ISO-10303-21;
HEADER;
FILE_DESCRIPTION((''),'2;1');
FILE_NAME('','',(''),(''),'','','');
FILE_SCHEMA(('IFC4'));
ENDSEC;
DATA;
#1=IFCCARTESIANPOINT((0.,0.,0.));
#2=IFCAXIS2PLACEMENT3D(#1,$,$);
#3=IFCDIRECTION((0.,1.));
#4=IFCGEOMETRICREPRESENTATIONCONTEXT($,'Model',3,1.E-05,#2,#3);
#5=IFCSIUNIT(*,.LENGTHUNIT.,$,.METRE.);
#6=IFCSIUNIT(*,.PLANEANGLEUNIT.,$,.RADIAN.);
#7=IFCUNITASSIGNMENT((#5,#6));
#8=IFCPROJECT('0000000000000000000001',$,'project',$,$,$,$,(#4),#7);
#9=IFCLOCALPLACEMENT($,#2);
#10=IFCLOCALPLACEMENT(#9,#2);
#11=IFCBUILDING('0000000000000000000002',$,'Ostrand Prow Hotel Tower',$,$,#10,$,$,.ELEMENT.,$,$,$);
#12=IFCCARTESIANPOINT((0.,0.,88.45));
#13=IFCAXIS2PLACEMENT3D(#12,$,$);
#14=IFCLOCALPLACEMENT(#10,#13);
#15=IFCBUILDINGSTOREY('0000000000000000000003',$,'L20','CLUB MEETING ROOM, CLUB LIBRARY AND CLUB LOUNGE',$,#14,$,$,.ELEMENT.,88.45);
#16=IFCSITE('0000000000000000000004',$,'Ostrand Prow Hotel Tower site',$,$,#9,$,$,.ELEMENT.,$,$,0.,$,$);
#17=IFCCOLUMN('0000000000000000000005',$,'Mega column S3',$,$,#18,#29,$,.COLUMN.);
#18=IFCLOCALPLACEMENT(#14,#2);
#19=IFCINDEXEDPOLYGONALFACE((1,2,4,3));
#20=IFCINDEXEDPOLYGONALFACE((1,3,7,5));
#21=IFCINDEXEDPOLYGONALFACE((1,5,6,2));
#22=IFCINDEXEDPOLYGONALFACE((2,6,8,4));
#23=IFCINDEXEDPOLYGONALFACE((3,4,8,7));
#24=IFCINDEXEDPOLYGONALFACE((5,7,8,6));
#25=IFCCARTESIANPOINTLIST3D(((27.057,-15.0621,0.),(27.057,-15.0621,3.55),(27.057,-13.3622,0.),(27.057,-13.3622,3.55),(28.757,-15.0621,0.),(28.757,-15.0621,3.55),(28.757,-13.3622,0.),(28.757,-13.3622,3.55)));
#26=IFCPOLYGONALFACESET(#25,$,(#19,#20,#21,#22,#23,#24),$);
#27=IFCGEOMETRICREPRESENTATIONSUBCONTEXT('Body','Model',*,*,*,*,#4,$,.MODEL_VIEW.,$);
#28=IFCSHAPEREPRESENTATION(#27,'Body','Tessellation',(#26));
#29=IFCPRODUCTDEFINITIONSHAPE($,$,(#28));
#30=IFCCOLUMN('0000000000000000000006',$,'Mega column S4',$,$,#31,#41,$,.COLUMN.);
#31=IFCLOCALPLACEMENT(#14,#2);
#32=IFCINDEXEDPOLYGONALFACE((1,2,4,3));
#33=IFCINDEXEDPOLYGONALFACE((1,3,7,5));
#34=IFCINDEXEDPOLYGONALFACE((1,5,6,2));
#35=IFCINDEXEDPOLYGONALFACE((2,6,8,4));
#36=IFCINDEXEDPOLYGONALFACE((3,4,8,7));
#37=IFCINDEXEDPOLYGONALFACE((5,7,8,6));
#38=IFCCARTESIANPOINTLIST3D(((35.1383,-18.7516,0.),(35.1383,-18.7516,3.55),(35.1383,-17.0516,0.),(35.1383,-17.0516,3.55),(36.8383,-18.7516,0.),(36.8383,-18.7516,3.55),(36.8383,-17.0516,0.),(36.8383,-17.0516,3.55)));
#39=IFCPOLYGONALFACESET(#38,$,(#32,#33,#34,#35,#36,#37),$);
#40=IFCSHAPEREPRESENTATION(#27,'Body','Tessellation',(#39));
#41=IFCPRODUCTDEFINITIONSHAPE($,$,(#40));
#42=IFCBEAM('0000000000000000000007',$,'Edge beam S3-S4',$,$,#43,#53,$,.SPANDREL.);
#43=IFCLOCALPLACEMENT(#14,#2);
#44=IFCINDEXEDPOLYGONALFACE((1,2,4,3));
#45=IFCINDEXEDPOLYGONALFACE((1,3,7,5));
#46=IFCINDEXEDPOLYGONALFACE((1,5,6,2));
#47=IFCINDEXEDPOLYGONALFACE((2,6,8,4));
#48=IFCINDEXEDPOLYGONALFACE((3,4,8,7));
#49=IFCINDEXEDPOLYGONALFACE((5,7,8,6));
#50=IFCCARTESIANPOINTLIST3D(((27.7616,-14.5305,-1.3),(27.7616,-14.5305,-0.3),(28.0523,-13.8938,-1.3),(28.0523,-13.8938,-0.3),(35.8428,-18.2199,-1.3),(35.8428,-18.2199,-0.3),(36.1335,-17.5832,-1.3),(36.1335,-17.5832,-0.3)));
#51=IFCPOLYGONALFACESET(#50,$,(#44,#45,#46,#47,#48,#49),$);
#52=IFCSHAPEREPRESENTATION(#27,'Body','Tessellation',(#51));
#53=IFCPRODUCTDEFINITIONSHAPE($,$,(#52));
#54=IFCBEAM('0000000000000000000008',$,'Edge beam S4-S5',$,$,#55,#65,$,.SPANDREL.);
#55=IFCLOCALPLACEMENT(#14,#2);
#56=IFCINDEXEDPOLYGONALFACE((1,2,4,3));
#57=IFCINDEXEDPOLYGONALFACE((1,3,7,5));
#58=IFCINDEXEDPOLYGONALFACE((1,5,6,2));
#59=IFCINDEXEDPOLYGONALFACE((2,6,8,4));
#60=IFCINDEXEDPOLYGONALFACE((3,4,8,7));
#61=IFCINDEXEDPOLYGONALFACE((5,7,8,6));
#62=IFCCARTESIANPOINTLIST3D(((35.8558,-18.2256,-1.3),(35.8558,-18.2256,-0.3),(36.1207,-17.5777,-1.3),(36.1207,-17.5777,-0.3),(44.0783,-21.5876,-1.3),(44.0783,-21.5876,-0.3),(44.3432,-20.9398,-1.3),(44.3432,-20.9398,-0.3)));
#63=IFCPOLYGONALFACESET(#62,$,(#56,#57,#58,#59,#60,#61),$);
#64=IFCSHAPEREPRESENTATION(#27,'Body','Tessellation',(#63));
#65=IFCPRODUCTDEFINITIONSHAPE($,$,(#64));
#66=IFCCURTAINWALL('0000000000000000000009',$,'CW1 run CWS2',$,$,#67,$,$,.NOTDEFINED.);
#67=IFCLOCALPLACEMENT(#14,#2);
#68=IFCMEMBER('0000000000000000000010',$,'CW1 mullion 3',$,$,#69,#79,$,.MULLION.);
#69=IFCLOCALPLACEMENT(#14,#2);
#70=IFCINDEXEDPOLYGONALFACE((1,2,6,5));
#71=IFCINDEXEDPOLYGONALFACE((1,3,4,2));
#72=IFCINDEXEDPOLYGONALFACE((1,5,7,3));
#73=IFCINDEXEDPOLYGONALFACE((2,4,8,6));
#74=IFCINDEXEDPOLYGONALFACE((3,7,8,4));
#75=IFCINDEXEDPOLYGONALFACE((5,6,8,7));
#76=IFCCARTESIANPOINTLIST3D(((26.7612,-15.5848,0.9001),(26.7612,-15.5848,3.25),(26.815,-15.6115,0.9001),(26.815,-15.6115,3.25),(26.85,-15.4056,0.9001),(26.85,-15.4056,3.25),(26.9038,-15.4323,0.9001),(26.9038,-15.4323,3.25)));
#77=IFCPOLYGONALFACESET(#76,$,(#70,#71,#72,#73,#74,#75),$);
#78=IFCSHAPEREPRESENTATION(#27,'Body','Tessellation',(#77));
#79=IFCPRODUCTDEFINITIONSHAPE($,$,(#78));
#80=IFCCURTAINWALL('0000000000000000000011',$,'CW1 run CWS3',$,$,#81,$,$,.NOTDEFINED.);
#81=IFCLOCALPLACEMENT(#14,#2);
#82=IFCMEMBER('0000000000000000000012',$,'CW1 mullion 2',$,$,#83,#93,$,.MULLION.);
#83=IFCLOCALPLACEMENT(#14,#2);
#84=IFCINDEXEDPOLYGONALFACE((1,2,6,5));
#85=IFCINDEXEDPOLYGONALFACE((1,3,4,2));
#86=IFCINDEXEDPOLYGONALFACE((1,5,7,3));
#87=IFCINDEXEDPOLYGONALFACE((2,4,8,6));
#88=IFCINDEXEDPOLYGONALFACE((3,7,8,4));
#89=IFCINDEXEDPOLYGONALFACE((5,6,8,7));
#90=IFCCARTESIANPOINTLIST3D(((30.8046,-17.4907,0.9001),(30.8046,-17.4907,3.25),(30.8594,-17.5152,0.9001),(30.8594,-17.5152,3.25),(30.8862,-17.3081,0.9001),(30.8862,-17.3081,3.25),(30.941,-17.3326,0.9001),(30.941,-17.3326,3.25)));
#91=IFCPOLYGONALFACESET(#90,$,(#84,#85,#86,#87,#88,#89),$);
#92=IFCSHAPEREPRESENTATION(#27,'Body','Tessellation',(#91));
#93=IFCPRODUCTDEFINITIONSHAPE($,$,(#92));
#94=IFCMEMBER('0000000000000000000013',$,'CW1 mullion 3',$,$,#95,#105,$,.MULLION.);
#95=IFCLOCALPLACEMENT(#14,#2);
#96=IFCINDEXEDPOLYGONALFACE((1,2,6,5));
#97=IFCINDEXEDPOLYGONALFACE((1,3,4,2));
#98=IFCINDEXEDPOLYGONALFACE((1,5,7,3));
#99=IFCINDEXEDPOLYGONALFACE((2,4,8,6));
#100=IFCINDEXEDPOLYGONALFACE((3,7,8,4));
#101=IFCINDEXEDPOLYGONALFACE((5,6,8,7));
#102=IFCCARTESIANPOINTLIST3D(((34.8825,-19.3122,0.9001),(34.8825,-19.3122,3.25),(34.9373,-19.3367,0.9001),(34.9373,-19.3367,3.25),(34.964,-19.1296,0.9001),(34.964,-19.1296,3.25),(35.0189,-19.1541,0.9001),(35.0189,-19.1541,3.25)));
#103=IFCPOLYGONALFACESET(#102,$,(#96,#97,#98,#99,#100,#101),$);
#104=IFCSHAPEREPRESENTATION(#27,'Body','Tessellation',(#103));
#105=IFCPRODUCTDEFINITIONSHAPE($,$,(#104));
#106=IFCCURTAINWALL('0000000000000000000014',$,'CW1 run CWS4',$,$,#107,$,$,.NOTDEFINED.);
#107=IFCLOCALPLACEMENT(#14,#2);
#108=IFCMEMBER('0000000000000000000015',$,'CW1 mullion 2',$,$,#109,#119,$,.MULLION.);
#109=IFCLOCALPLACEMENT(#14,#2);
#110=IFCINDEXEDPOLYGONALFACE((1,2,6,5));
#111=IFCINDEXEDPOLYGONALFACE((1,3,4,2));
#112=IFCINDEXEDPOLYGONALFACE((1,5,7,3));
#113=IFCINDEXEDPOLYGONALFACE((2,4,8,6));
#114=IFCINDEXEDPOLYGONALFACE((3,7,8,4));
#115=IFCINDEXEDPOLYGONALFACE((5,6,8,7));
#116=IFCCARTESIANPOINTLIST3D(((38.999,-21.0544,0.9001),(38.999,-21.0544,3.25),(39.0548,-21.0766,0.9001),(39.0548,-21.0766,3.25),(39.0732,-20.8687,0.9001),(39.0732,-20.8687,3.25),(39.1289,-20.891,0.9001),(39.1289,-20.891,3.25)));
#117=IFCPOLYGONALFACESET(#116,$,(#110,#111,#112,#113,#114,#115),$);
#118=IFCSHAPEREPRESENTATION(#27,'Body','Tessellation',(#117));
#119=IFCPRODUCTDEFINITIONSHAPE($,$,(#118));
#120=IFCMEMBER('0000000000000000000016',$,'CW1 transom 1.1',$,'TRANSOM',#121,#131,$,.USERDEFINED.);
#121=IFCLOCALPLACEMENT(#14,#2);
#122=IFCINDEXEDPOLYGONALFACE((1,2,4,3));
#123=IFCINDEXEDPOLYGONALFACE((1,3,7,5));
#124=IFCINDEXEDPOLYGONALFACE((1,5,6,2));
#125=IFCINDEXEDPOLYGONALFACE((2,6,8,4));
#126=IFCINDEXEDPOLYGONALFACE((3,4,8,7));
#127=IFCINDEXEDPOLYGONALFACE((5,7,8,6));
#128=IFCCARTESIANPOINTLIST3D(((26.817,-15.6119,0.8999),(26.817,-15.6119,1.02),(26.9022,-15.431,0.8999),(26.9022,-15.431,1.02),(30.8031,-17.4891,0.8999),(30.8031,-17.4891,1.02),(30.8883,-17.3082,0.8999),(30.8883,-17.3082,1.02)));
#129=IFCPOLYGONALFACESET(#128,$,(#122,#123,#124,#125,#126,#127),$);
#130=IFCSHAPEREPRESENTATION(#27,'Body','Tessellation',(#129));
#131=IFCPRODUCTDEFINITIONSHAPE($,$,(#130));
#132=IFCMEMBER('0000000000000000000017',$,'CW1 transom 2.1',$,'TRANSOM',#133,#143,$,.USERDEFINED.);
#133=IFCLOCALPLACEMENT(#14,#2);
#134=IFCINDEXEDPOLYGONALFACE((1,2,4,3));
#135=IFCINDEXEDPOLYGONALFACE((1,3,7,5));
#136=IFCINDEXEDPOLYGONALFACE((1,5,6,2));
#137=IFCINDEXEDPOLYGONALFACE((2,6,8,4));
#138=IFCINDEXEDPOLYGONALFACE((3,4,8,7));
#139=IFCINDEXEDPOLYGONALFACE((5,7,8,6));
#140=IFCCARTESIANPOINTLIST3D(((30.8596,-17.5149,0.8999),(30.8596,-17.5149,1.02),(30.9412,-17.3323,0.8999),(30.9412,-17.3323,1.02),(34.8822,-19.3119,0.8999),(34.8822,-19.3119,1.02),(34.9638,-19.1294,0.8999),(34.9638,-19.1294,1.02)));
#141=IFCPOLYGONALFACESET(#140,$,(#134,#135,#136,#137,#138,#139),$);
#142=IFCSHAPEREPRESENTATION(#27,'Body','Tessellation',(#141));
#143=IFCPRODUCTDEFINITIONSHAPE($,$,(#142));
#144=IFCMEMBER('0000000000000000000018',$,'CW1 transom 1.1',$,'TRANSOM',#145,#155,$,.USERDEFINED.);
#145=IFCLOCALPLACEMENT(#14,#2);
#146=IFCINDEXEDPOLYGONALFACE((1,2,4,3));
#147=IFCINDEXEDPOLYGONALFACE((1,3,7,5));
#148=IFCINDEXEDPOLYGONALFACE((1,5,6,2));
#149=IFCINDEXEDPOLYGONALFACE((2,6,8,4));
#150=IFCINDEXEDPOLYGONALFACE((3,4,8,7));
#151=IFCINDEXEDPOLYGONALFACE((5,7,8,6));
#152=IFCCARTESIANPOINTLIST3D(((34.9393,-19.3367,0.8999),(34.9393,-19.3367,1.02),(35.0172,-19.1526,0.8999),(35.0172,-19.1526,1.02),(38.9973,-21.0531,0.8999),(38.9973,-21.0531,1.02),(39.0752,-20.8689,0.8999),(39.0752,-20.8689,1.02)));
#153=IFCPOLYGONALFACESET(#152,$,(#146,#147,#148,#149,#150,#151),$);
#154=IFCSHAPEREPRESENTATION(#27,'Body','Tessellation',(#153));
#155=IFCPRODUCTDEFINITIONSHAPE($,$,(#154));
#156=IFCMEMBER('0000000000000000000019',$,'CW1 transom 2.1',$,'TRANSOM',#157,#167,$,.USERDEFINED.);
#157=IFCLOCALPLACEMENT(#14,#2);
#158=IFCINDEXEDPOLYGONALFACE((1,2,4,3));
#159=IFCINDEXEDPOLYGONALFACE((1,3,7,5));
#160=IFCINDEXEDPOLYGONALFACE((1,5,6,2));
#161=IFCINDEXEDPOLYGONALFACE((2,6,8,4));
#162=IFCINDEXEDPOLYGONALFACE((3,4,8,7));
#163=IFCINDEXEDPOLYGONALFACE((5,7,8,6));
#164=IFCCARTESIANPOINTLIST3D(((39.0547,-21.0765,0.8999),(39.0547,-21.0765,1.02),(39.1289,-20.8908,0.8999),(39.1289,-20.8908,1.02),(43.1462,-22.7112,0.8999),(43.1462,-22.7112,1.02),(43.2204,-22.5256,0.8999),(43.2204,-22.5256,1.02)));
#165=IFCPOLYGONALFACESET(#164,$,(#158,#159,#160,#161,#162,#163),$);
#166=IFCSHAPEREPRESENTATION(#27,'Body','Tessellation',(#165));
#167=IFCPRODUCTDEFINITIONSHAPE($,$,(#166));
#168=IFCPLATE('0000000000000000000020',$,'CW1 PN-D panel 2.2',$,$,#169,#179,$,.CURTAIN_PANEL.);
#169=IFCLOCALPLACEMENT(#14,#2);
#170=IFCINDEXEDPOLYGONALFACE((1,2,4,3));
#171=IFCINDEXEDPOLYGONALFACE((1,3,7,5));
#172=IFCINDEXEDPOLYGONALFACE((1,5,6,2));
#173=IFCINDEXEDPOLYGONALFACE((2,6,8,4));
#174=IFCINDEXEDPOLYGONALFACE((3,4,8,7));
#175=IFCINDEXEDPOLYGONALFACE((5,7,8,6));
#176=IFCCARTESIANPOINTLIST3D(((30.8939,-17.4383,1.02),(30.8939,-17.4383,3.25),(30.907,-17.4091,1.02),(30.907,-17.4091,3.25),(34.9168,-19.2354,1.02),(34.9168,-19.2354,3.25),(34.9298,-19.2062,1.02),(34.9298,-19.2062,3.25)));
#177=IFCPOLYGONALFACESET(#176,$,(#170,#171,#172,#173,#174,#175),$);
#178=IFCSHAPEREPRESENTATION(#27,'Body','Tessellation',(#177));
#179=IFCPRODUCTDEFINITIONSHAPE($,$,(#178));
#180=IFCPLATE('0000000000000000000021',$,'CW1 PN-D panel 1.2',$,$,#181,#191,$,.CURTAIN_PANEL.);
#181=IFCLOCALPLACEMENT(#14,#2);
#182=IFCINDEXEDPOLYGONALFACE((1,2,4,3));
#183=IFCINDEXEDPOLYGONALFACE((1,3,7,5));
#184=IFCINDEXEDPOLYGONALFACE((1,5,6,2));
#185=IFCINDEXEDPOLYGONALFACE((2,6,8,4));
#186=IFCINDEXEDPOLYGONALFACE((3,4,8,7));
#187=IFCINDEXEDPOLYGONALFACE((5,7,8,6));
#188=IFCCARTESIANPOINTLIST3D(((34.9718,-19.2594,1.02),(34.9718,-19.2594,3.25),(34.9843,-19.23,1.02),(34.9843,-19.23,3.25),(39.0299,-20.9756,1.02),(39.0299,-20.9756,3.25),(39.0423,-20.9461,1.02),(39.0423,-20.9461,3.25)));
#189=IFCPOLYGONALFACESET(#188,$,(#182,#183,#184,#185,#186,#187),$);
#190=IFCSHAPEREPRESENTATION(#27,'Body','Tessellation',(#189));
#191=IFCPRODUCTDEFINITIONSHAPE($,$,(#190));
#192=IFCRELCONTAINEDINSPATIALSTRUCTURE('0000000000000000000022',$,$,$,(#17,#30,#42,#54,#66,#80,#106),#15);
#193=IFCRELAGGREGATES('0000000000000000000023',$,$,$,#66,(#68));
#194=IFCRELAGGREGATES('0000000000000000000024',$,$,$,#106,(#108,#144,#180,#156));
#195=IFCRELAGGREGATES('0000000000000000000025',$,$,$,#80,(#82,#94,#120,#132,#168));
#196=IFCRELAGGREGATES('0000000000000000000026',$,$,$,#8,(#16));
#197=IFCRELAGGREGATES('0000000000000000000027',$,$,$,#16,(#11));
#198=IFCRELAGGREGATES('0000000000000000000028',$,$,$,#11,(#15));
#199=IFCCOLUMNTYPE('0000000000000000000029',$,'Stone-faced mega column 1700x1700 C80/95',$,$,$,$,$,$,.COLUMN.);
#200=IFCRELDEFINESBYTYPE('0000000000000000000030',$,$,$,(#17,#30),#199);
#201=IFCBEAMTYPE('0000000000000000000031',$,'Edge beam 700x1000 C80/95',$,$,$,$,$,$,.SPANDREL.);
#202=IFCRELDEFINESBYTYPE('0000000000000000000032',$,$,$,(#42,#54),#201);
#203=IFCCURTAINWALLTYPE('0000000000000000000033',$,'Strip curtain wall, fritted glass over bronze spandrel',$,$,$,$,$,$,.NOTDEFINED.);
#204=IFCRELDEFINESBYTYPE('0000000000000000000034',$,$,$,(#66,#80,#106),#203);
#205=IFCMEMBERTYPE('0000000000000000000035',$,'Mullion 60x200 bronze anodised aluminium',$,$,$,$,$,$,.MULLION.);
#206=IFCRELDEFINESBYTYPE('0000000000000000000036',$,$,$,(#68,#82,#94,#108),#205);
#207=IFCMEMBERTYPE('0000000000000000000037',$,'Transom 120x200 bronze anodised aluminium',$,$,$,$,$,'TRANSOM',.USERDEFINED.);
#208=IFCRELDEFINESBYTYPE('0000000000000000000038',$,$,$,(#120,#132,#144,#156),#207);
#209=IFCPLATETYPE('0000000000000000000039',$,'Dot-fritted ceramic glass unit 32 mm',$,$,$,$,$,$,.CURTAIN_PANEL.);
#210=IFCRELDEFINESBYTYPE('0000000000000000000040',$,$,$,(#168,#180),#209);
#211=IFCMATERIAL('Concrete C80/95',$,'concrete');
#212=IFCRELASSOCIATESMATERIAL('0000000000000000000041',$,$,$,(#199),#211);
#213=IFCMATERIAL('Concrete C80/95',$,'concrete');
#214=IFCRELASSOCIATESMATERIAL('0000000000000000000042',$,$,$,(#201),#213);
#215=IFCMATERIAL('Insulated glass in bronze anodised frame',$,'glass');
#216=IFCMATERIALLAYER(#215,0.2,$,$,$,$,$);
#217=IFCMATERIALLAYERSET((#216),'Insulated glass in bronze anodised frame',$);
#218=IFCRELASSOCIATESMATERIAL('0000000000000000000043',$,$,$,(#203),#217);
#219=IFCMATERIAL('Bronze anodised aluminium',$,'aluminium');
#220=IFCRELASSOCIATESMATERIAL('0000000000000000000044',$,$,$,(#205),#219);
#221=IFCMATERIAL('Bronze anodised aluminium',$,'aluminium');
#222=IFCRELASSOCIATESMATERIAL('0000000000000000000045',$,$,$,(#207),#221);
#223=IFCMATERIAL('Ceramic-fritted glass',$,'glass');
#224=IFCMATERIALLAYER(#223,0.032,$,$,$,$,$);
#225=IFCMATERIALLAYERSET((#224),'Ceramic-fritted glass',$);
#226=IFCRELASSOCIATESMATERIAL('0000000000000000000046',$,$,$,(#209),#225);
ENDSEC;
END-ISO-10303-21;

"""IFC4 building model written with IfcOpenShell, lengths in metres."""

from ifc_helpers import new_model, si_unit, direction, frame, origin, origin_2d, place, context, subcontext, project, spatial, rectangle, extrude, material, layer, layer_set, material_profile, profile_set, type_object, element, aggregate, save


model = new_model("IFC4")

# Units and contexts
model_context = context("Model", 3, precision=1e-05, world=origin(), true_north=direction((0.0, 1.0)))
body_context = subcontext(model_context, "Body", "Model", "MODEL_VIEW")
ifc_project = project(units=[si_unit("LENGTHUNIT", "METRE"), si_unit("PLANEANGLEUNIT", "RADIAN")], contexts=[model_context])

# Site, building, storey
site_placement = place(None, origin())
site = spatial("IfcSite", under=ifc_project, at=site_placement, Name="Ostrand Prow Hotel Tower site", CompositionType="ELEMENT", RefElevation=0.0)
building_placement = place(site_placement, origin())
building = spatial("IfcBuilding", under=site, at=building_placement, Name="Ostrand Prow Hotel Tower", CompositionType="ELEMENT")
storey_placement = place(building_placement, frame((0.0, 0.0, 88.45)))
storey = spatial("IfcBuildingStorey", under=building, at=storey_placement, Name="L20", Description="CLUB MEETING ROOM, CLUB LIBRARY AND CLUB LOUNGE", CompositionType="ELEMENT", Elevation=88.45)

# Columns
ifc_material_1 = material(Name="Concrete C80/95", Category="concrete")
ifc_material_profile_1 = material_profile(ifc_material_1, rectangle(XDim=1.7, YDim=1.7, at=origin_2d()), Name="RC 1700x1700")
ifc_profile_set_1 = profile_set([ifc_material_profile_1], Name="Concrete C80/95")
column_type = type_object("IfcColumnType", Name="Stone-faced mega column 1700x1700 C80/95", PredefinedType="COLUMN", material=ifc_profile_set_1)
for number, where, z_axis, x_axis, name in (
    (1, (27.907, -14.2122, 0.0), (0.0, 0.0, 1.0), (1.0, 0.0, 0.0), "Mega column S3"),
    (2, (35.9883, -17.9016, 0.0), (0.0, 0.0, 1.0), (1.0, 0.0, 0.0), "Mega column S4"),
):
    element("IfcColumn", number, at=place(storey_placement, frame(where, z_axis=z_axis, x_axis=x_axis)), inside=storey, type_object=column_type, Name=name, PredefinedType="COLUMN", context=body_context, shape_type="SweptSolid", body=[
        extrude(rectangle(XDim=1.7, YDim=1.7, at=origin_2d()), origin(), (0.0, 0.0, 1.0), 3.55),
    ])

# Beams
ifc_material_2 = material(Name="Concrete C80/95", Category="concrete")
ifc_material_profile_2 = material_profile(ifc_material_2, rectangle(XDim=0.7, YDim=1.0, at=origin_2d()), Name="RC 700x1000")
ifc_profile_set_2 = profile_set([ifc_material_profile_2], Name="Concrete C80/95")
beam_type = type_object("IfcBeamType", Name="Edge beam 700x1000 C80/95", PredefinedType="SPANDREL", material=ifc_profile_set_2)
beam_1_placement = place(storey_placement, frame((27.907, -14.2122, -0.8), z_axis=(0.909681, -0.415308, 0.0), x_axis=(0.415308, 0.909681, 0.0)))
element("IfcBeam", 3, at=beam_1_placement, inside=storey, type_object=beam_type, Name="Edge beam S3-S4", PredefinedType="SPANDREL", context=body_context, shape_type="SweptSolid", body=[
    extrude(rectangle(XDim=0.7, YDim=1.0, at=origin_2d()), origin(), (0.0, 0.0, 1.0), 8.8835),
])
beam_2_placement = place(storey_placement, frame((35.9883, -17.9016, -0.8), z_axis=(0.925612, -0.378473, 0.0), x_axis=(0.378473, 0.925612, 0.0)))
element("IfcBeam", 4, at=beam_2_placement, inside=storey, type_object=beam_type, Name="Edge beam S4-S5", PredefinedType="SPANDREL", context=body_context, shape_type="SweptSolid", body=[
    extrude(rectangle(XDim=0.7, YDim=1.0, at=origin_2d()), origin(), (0.0, 0.0, 1.0), 8.8833),
])

# Curtain wall, member
ifc_material_3 = material(Name="Insulated glass in bronze anodised frame", Category="glass")
ifc_layer_1 = layer(ifc_material_3, 0.2)
ifc_layer_set_1 = layer_set([ifc_layer_1], Name="Insulated glass in bronze anodised frame")
curtain_wall_type = type_object("IfcCurtainWallType", Name="Strip curtain wall, fritted glass over bronze spandrel", PredefinedType="NOTDEFINED", material=ifc_layer_set_1)
curtain_wall_1_placement = place(storey_placement, origin())
curtain_wall_1 = element("IfcCurtainWall", 5, at=curtain_wall_1_placement, inside=storey, type_object=curtain_wall_type, Name="CW1 run CWS2", PredefinedType="NOTDEFINED")
ifc_material_4 = material(Name="Bronze anodised aluminium", Category="aluminium")
ifc_material_profile_3 = material_profile(ifc_material_4, rectangle(XDim=0.2, YDim=0.0601, at=origin_2d()), Name="Mullion 60x200 bronze anodised aluminium")
ifc_profile_set_3 = profile_set([ifc_material_profile_3], Name="Bronze anodised aluminium")
member_type_1 = type_object("IfcMemberType", Name="Mullion 60x200 bronze anodised aluminium", PredefinedType="MULLION", material=ifc_profile_set_3)
member_1_placement = place(storey_placement, frame((26.8325, -15.5085, 0.9001), z_axis=(0.0, 0.0, 1.0), x_axis=(0.444113, 0.895971, 0.0)))
member_1 = element("IfcMember", 6, at=member_1_placement, type_object=member_type_1, Name="CW1 mullion 3", PredefinedType="MULLION", context=body_context, shape_type="SweptSolid", body=[
    extrude(rectangle(XDim=0.2, YDim=0.0601, at=origin_2d()), origin(), (0.0, 0.0, 1.0), 2.3499),
])
aggregate(curtain_wall_1, [member_1])

# Curtain wall, members
curtain_wall_2_placement = place(storey_placement, origin())
curtain_wall_2 = element("IfcCurtainWall", 7, at=curtain_wall_2_placement, inside=storey, type_object=curtain_wall_type, Name="CW1 run CWS3", PredefinedType="NOTDEFINED")
member_2_placement = place(storey_placement, frame((30.8728, -17.4116, 0.9001), z_axis=(0.0, 0.0, 1.0), x_axis=(0.407875, 0.913038, 0.0)))
member_2 = element("IfcMember", 8, at=member_2_placement, type_object=member_type_1, Name="CW1 mullion 2", PredefinedType="MULLION", context=body_context, shape_type="SweptSolid", body=[
    extrude(rectangle(XDim=0.2, YDim=0.0601, at=origin_2d()), origin(), (0.0, 0.0, 1.0), 2.3499),
])
member_3_placement = place(storey_placement, frame((34.9507, -19.2332, 0.9001), z_axis=(0.0, 0.0, 1.0), x_axis=(0.407875, 0.913038, 0.0)))
member_3 = element("IfcMember", 9, at=member_3_placement, type_object=member_type_1, Name="CW1 mullion 3", PredefinedType="MULLION", context=body_context, shape_type="SweptSolid", body=[
    extrude(rectangle(XDim=0.2, YDim=0.0601, at=origin_2d()), origin(), (0.0, 0.0, 1.0), 2.3499),
])

# Curtain wall, member
curtain_wall_3_placement = place(storey_placement, origin())
curtain_wall_3 = element("IfcCurtainWall", 10, at=curtain_wall_3_placement, inside=storey, type_object=curtain_wall_type, Name="CW1 run CWS4", PredefinedType="NOTDEFINED")
member_4_placement = place(storey_placement, frame((39.064, -20.9727, 0.9001), z_axis=(0.0, 0.0, 1.0), x_axis=(0.370982, 0.92864, 0.0)))
member_4 = element("IfcMember", 11, at=member_4_placement, type_object=member_type_1, Name="CW1 mullion 2", PredefinedType="MULLION", context=body_context, shape_type="SweptSolid", body=[
    extrude(rectangle(XDim=0.2, YDim=0.0601, at=origin_2d()), origin(), (0.0, 0.0, 1.0), 2.3499),
])

# Members
ifc_material_5 = material(Name="Bronze anodised aluminium", Category="aluminium")
ifc_material_profile_4 = material_profile(ifc_material_5, rectangle(XDim=0.2, YDim=0.1201, at=origin_2d()), Name="Transom 120x200 bronze anodised aluminium")
ifc_profile_set_4 = profile_set([ifc_material_profile_4], Name="Bronze anodised aluminium")
member_type_2 = type_object("IfcMemberType", Name="Transom 120x200 bronze anodised aluminium", ElementType="TRANSOM", PredefinedType="USERDEFINED", material=ifc_profile_set_4)
member_5_placement = place(storey_placement, frame((26.8596, -15.5215, 0.96), z_axis=(0.904697, -0.426056, 0.0), x_axis=(0.426056, 0.904697, 0.0)))
member_5 = element("IfcMember", 12, at=member_5_placement, type_object=member_type_2, Name="CW1 transom 1.1", ObjectType="TRANSOM", PredefinedType="USERDEFINED", context=body_context, shape_type="SweptSolid", body=[
    extrude(rectangle(XDim=0.2, YDim=0.1201, at=origin_2d()), origin(), (0.0, 0.0, 1.0), 4.406),
])
member_6_placement = place(storey_placement, frame((30.9004, -17.4236, 0.96), z_axis=(0.913031, -0.407891, 0.0), x_axis=(0.407891, 0.913031, 0.0)))
member_6 = element("IfcMember", 13, at=member_6_placement, type_object=member_type_2, Name="CW1 transom 2.1", ObjectType="TRANSOM", PredefinedType="USERDEFINED", context=body_context, shape_type="SweptSolid", body=[
    extrude(rectangle(XDim=0.2, YDim=0.1201, at=origin_2d()), origin(), (0.0, 0.0, 1.0), 4.4058),
])
member_7_placement = place(storey_placement, frame((34.9783, -19.2446, 0.96), z_axis=(0.921006, -0.389548, 0.0), x_axis=(0.389548, 0.921006, 0.0)))
member_7 = element("IfcMember", 14, at=member_7_placement, type_object=member_type_2, Name="CW1 transom 1.1", ObjectType="TRANSOM", PredefinedType="USERDEFINED", context=body_context, shape_type="SweptSolid", body=[
    extrude(rectangle(XDim=0.2, YDim=0.1201, at=origin_2d()), origin(), (0.0, 0.0, 1.0), 4.406),
])
member_8_placement = place(storey_placement, frame((39.0918, -20.9836, 0.96), z_axis=(0.928622, -0.371028, 0.0), x_axis=(0.371028, 0.928622, 0.0)))
member_8 = element("IfcMember", 15, at=member_8_placement, type_object=member_type_2, Name="CW1 transom 2.1", ObjectType="TRANSOM", PredefinedType="USERDEFINED", context=body_context, shape_type="SweptSolid", body=[
    extrude(rectangle(XDim=0.2, YDim=0.1201, at=origin_2d()), origin(), (0.0, 0.0, 1.0), 4.406),
])

# Plates
ifc_material_6 = material(Name="Ceramic-fritted glass", Category="glass")
ifc_layer_2 = layer(ifc_material_6, 0.032)
ifc_layer_set_2 = layer_set([ifc_layer_2], Name="Ceramic-fritted glass")
plate_type_1 = type_object("IfcPlateType", Name="Dot-fritted ceramic glass unit 32 mm", PredefinedType="CURTAIN_PANEL", material=ifc_layer_set_2)
plate_1_placement = place(storey_placement, frame((32.9119, -18.3223, 1.02), z_axis=(0.0, 0.0, 1.0), x_axis=(0.913038, -0.407875, 0.0)))
plate_1 = element("IfcPlate", 16, at=plate_1_placement, type_object=plate_type_1, Name="CW1 PN-D panel 2.2", PredefinedType="CURTAIN_PANEL", context=body_context, shape_type="SweptSolid", body=[
    extrude(rectangle(XDim=4.406, YDim=0.032, at=origin_2d()), origin(), (0.0, 0.0, 1.0), 2.23),
])
plate_2_placement = place(storey_placement, frame((37.0071, -20.1028, 1.02), z_axis=(0.0, 0.0, 1.0), x_axis=(0.921024, -0.389507, 0.0)))
plate_2 = element("IfcPlate", 17, at=plate_2_placement, type_object=plate_type_1, Name="CW1 PN-D panel 1.2", PredefinedType="CURTAIN_PANEL", context=body_context, shape_type="SweptSolid", body=[
    extrude(rectangle(XDim=4.406, YDim=0.032, at=origin_2d()), origin(), (0.0, 0.0, 1.0), 2.23),
])
aggregate(curtain_wall_3, [member_4, member_7, plate_2, member_8])
aggregate(curtain_wall_2, [member_2, member_3, member_5, member_6, plate_1])

save(model, "model.ifc")
